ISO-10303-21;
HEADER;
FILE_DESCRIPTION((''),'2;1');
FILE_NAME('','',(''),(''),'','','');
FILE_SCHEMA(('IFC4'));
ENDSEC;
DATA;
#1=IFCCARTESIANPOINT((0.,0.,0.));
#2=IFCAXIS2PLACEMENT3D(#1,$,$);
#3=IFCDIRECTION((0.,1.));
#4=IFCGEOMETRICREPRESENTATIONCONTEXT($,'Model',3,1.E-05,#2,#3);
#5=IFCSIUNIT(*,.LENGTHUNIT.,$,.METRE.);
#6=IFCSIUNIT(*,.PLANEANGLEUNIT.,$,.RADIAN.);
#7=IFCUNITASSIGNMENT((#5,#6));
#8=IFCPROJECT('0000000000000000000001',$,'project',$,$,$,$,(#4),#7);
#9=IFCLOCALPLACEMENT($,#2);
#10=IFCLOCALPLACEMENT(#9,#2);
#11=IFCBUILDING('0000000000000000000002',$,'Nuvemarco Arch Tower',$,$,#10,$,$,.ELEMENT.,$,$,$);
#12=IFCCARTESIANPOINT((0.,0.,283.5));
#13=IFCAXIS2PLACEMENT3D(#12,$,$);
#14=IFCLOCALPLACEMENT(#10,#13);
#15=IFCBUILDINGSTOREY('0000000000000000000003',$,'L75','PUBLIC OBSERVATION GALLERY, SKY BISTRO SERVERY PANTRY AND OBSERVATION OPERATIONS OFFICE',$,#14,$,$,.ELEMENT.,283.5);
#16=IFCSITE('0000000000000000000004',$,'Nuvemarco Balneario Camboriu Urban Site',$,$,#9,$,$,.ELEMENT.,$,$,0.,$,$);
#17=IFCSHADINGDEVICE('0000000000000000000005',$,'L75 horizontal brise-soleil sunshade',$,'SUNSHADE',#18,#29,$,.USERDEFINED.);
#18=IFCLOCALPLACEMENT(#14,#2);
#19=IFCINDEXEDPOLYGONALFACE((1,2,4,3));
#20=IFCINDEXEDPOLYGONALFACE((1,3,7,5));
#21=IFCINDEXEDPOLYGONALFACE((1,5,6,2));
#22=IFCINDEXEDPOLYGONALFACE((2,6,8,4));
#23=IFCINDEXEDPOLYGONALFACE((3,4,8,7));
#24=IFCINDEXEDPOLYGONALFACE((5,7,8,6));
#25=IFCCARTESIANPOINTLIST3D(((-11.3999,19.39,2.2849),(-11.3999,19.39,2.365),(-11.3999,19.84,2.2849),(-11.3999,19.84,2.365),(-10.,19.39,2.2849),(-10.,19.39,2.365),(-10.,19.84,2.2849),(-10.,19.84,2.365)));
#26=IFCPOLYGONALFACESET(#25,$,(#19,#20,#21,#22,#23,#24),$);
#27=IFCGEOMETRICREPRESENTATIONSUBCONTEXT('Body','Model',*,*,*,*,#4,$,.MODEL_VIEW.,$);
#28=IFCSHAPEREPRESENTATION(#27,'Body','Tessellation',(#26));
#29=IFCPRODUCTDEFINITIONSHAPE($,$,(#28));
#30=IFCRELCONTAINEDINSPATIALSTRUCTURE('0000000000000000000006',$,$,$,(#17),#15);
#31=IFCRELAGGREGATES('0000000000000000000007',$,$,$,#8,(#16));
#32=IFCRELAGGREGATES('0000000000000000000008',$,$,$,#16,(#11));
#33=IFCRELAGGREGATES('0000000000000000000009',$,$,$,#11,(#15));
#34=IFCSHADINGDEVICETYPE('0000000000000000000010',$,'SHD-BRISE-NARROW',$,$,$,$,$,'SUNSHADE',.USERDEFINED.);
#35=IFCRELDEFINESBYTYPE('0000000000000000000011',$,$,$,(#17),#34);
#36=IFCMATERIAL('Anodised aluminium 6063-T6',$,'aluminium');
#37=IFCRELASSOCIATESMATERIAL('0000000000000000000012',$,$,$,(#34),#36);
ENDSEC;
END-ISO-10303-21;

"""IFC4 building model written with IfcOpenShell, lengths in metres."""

from ifc_helpers import new_model, si_unit, direction, frame, origin, origin_2d, place, context, subcontext, project, spatial, rectangle, extrude, source, transform, mapped, material, type_object, type_shapes, element, save


model = new_model("IFC4")

# Units and contexts
model_context = context("Model", 3, precision=1e-05, world=origin(), true_north=direction((0.0, 1.0)))
body_context = subcontext(model_context, "Body", "Model", "MODEL_VIEW")
ifc_project = project(units=[si_unit("LENGTHUNIT", "METRE"), si_unit("PLANEANGLEUNIT", "RADIAN")], contexts=[model_context])

# Site, building, storey
site_placement = place(None, origin())
site = spatial("IfcSite", under=ifc_project, at=site_placement, Name="Nuvemarco Balneario Camboriu Urban Site", CompositionType="ELEMENT", RefElevation=0.0)
building_placement = place(site_placement, origin())
building = spatial("IfcBuilding", under=site, at=building_placement, Name="Nuvemarco Arch Tower", CompositionType="ELEMENT")
storey_placement = place(building_placement, frame((0.0, 0.0, 283.5)))
storey = spatial("IfcBuildingStorey", under=building, at=storey_placement, Name="L75", Description="PUBLIC OBSERVATION GALLERY, SKY BISTRO SERVERY PANTRY AND OBSERVATION OPERATIONS OFFICE", CompositionType="ELEMENT", Elevation=283.5)

# Shading device
ifc_material_1 = material(Name="Anodised aluminium 6063-T6", Category="aluminium")
shading_device_type = type_object("IfcShadingDeviceType", Name="SHD-BRISE-NARROW", ElementType="SUNSHADE", PredefinedType="USERDEFINED", material=ifc_material_1)
shared_shape_1 = source(origin(), body_context, "Body", "SweptSolid", [
    extrude(rectangle(XDim=1.3999, YDim=0.45, at=origin_2d()), origin(), (0.0, 0.0, 1.0), 0.0801),
])
type_shapes(shading_device_type, [shared_shape_1])
shading_device_placement = place(storey_placement, frame((-10.7, 19.615, 2.2849), z_axis=(0.0, 0.0, 1.0), x_axis=(1.0, 0.0, 0.0)))
element("IfcShadingDevice", 1, at=shading_device_placement, inside=storey, type_object=shading_device_type, Name="L75 horizontal brise-soleil sunshade", ObjectType="SUNSHADE", PredefinedType="USERDEFINED", context=body_context, shape_type="MappedRepresentation", body=[
    mapped(shared_shape_1, transform((0.0, 0.0, 0.0), scale=1.0)),
])

save(model, "model.ifc")
